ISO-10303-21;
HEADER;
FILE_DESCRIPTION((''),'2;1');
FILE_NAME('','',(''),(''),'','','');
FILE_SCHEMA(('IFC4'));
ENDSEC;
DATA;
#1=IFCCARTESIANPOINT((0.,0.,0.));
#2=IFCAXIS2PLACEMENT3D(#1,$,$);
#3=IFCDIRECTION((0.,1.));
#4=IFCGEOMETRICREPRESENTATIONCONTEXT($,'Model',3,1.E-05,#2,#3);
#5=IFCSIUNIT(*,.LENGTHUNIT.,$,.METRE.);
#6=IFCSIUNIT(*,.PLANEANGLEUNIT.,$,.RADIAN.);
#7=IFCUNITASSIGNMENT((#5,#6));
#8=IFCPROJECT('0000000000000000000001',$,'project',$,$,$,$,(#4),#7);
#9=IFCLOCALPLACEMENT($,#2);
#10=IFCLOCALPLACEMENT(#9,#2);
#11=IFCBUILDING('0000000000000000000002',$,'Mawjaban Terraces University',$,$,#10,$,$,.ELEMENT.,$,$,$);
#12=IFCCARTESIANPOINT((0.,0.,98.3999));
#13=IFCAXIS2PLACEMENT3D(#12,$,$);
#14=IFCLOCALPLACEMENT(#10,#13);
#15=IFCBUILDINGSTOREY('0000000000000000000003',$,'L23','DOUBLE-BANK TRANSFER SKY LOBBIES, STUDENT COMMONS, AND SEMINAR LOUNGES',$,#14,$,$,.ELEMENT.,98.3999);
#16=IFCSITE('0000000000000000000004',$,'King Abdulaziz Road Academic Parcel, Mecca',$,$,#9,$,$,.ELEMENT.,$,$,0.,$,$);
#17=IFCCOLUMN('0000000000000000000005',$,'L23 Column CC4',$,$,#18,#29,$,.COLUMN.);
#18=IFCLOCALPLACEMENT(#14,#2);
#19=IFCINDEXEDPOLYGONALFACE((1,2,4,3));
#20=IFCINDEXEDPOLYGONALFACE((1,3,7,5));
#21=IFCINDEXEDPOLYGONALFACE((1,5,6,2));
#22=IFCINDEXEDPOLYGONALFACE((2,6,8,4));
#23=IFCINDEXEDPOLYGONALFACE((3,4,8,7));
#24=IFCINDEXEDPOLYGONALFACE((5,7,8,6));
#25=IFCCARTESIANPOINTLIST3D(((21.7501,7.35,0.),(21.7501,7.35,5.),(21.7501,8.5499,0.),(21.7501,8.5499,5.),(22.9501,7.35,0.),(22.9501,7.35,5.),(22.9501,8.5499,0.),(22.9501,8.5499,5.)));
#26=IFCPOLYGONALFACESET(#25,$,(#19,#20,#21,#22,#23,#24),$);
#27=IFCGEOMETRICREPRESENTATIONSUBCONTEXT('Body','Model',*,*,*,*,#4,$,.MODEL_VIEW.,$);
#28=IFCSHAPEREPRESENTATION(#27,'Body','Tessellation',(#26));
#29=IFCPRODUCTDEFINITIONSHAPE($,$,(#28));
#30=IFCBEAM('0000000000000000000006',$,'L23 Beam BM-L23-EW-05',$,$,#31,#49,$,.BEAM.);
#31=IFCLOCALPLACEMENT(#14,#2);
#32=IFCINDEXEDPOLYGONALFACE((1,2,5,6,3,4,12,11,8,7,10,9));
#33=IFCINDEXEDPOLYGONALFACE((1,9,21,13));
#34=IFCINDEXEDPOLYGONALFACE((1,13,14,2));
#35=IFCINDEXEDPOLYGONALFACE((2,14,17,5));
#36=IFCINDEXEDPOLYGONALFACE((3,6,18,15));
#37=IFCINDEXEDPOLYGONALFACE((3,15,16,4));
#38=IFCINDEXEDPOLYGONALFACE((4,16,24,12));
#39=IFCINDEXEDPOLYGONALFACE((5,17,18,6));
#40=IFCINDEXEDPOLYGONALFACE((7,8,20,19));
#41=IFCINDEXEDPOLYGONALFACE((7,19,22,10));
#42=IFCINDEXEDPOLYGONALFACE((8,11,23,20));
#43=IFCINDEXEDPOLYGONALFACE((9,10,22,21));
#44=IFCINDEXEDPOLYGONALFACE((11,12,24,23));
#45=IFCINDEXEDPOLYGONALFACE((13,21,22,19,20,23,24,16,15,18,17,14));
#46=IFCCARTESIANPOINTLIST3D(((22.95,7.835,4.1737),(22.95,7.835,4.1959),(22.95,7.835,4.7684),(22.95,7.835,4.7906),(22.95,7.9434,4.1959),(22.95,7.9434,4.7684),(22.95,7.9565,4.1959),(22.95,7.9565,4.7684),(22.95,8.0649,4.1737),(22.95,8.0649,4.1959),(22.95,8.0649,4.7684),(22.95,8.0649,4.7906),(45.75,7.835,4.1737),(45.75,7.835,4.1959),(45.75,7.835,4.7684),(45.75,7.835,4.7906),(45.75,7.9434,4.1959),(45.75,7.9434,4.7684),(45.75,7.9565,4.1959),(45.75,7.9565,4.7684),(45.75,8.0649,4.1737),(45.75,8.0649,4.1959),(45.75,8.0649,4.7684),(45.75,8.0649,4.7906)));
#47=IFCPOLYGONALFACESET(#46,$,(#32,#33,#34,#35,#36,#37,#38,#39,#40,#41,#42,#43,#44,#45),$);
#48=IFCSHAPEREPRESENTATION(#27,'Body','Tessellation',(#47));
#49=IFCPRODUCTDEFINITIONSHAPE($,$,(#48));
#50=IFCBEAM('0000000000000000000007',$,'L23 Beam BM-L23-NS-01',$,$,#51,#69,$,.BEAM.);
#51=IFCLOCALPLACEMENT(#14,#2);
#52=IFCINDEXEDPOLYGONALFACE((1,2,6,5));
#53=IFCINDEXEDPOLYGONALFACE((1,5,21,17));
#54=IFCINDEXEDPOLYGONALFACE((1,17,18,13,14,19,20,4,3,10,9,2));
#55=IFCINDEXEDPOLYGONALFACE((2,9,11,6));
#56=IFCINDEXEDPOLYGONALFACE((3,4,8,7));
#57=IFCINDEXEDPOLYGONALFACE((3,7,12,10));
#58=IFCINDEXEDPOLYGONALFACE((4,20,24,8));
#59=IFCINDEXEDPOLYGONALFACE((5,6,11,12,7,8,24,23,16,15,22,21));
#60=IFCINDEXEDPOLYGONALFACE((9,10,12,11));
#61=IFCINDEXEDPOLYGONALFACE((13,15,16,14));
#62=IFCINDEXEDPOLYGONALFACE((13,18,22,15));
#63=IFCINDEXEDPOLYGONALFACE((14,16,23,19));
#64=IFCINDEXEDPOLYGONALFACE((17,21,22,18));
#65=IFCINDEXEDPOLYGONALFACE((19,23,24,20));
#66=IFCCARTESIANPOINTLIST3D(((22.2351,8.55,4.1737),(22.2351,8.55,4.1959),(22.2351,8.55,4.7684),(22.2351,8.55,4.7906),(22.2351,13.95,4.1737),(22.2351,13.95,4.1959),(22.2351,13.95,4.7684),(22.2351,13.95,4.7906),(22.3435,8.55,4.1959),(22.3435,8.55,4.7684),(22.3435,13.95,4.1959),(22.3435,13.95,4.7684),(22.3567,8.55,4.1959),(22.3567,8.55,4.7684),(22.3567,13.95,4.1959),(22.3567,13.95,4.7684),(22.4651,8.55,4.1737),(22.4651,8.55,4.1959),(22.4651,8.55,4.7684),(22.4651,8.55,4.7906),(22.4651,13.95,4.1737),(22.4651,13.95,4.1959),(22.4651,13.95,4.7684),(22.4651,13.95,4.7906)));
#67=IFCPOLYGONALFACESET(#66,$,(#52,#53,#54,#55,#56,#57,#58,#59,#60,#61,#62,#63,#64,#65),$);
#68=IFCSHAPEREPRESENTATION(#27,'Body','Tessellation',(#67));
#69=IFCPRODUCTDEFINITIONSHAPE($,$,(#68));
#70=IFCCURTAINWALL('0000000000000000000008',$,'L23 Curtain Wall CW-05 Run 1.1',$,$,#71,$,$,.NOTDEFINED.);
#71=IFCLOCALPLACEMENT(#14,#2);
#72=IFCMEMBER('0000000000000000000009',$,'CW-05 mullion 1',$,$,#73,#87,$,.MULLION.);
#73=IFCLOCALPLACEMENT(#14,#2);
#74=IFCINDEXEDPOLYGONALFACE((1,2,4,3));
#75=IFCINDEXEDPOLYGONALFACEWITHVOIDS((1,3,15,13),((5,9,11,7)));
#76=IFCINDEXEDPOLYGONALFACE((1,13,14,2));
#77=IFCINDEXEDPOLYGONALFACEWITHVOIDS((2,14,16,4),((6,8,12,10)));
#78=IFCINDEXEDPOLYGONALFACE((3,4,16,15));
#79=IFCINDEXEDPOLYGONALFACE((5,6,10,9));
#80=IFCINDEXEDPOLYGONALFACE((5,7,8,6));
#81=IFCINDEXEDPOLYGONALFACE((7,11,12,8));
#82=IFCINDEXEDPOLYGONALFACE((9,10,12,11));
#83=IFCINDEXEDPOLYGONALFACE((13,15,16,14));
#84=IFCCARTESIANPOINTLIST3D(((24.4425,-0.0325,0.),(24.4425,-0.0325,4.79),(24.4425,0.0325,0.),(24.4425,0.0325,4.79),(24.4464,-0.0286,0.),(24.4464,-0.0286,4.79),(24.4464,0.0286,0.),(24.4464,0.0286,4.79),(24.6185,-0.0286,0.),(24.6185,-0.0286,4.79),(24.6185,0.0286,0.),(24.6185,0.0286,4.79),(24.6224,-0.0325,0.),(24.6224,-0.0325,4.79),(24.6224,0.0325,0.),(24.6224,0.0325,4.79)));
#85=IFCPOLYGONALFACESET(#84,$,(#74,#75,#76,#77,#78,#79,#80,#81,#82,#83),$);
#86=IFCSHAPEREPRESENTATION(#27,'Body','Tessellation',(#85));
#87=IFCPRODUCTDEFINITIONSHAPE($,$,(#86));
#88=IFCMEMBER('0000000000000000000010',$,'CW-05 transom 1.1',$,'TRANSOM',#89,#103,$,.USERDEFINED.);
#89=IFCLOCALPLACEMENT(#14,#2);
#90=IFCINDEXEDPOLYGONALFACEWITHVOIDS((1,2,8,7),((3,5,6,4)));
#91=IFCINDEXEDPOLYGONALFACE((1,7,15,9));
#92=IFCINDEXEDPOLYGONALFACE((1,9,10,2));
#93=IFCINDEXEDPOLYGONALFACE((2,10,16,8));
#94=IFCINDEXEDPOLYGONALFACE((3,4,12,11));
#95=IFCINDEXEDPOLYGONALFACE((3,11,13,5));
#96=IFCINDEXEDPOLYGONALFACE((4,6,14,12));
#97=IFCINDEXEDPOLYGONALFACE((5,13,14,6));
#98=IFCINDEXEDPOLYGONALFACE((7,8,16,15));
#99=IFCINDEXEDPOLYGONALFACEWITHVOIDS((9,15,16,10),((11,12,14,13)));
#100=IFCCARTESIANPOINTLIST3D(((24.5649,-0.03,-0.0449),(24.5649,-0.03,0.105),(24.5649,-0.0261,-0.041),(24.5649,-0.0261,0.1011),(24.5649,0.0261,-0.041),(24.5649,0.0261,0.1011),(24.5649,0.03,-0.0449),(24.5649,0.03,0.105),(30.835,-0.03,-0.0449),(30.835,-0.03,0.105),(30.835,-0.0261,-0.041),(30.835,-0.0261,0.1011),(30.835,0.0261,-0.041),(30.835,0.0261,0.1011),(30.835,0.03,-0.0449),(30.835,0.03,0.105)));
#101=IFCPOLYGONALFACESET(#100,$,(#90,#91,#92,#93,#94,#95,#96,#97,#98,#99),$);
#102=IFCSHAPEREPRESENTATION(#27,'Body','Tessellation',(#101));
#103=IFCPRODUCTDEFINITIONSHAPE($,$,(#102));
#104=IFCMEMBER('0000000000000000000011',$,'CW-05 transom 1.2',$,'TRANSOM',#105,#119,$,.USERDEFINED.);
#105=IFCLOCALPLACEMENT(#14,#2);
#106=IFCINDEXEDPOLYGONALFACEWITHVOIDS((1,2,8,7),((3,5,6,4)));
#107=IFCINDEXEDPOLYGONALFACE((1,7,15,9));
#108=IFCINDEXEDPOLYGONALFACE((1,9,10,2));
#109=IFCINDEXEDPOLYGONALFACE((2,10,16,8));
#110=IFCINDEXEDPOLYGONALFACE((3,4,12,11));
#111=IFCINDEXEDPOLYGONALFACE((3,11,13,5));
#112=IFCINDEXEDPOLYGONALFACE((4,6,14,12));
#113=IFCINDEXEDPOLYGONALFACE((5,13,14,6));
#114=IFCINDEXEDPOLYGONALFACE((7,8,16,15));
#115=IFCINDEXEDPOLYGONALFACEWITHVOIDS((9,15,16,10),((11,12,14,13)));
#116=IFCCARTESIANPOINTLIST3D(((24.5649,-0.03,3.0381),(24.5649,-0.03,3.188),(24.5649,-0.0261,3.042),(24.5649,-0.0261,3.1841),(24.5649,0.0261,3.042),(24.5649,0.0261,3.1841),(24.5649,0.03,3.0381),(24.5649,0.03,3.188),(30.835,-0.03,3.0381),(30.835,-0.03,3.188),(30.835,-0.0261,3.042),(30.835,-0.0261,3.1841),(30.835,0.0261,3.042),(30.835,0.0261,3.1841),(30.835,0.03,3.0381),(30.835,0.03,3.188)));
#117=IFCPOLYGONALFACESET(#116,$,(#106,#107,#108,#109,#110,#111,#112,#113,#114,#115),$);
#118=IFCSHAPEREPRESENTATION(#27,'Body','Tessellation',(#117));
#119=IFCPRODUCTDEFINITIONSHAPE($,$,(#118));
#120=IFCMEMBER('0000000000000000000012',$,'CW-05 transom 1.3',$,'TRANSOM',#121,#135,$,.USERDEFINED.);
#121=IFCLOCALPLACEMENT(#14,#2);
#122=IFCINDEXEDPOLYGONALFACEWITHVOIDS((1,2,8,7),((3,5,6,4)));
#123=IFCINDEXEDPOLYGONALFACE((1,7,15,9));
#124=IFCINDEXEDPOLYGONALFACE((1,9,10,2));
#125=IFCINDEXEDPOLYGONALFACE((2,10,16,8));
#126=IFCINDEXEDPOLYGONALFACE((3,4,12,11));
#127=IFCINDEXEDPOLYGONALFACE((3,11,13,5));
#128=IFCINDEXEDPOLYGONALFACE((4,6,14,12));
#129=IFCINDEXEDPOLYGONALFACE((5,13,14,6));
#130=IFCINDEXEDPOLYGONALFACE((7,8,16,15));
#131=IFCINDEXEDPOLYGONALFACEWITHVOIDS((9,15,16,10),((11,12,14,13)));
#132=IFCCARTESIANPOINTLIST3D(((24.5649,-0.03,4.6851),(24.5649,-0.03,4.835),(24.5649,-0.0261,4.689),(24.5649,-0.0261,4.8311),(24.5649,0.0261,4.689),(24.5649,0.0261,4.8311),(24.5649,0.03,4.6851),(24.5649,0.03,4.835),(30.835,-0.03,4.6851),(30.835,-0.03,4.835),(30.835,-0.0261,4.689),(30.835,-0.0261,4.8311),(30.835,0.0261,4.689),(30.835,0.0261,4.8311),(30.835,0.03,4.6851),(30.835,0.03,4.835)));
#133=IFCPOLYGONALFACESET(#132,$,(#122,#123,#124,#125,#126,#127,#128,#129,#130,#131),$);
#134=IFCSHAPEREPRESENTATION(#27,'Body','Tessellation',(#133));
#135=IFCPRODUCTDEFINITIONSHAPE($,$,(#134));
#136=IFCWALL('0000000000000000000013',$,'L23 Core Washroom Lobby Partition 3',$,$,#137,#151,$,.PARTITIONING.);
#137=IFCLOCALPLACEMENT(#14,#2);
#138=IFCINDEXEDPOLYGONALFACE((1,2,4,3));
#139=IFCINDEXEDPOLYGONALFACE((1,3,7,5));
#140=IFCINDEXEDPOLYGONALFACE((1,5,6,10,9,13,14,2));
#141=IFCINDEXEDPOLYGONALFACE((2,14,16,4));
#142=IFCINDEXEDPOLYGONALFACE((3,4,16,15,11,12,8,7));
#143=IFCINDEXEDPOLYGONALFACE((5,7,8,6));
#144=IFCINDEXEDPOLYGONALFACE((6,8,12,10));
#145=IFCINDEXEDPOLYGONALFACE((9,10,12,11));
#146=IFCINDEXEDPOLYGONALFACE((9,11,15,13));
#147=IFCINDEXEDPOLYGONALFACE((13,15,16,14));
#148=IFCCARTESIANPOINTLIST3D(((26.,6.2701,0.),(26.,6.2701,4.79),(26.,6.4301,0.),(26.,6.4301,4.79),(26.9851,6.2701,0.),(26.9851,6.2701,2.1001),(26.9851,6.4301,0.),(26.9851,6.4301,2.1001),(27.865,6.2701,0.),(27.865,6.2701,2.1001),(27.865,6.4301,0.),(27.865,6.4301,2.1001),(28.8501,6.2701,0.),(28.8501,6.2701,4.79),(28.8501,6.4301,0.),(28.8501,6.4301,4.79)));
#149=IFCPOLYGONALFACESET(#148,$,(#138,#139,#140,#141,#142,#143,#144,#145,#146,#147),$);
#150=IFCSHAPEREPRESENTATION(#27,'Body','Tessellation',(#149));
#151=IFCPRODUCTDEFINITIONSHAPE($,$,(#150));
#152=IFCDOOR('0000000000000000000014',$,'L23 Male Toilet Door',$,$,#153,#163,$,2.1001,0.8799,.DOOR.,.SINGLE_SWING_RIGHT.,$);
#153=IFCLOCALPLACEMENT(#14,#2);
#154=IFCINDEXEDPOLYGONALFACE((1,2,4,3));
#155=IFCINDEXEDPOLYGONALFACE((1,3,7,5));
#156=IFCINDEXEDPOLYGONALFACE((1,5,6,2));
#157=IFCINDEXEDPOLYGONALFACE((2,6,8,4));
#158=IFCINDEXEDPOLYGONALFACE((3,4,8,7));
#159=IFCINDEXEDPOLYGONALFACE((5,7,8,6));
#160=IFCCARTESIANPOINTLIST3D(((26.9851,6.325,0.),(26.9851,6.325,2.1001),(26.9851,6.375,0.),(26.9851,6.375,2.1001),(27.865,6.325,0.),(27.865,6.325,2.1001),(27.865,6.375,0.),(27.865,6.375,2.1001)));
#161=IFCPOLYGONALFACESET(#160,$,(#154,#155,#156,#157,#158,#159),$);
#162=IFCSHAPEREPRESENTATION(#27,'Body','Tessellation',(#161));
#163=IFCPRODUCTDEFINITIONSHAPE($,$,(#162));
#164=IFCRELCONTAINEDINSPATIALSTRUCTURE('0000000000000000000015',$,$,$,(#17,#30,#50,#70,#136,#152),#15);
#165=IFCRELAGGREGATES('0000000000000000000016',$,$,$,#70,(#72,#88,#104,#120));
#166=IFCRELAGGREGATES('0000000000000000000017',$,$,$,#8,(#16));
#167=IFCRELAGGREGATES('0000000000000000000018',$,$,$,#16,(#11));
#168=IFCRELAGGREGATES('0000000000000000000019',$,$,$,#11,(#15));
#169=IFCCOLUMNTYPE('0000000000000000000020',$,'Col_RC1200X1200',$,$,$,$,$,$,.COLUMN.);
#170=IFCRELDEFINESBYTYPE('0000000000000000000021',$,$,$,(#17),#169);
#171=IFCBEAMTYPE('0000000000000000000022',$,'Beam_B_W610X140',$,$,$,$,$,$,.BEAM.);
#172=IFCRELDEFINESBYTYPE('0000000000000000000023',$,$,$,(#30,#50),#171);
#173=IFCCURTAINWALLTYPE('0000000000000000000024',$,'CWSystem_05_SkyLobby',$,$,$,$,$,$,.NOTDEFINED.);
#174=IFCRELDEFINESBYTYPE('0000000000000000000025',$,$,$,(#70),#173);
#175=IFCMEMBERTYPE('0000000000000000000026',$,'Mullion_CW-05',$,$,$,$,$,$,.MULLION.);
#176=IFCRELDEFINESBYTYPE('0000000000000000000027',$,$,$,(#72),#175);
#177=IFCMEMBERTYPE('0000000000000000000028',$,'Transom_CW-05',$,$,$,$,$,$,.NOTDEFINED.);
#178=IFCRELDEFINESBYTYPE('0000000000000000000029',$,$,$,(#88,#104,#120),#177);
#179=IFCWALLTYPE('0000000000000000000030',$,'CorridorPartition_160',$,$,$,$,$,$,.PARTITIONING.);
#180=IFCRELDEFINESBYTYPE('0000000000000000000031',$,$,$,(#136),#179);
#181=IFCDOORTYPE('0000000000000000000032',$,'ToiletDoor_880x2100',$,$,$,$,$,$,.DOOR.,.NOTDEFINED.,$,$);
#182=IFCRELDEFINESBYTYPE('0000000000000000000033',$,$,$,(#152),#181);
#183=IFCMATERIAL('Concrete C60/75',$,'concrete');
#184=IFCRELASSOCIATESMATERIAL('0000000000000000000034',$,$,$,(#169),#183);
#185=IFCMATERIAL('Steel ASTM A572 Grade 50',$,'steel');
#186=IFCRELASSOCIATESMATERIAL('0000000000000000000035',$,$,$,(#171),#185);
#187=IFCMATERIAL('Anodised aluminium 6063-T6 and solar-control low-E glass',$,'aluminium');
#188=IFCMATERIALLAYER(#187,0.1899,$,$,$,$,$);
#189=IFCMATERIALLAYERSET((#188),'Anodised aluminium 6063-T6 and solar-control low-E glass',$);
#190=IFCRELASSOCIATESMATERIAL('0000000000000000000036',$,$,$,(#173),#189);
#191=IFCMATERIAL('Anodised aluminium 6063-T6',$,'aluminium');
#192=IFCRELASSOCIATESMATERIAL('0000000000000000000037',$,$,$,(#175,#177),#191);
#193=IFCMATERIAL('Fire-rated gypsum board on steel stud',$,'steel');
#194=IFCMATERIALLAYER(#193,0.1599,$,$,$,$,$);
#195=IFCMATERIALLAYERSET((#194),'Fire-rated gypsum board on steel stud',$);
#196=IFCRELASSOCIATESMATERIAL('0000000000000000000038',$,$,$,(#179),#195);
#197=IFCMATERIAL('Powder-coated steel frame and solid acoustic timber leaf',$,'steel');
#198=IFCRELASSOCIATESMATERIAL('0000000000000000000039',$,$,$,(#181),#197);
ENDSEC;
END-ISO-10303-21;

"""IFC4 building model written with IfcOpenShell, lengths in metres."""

from ifc_helpers import new_model, si_unit, direction, frame, frame_2d, origin, origin_2d, place, context, subcontext, project, spatial, rectangle, hollow_rectangle, i_section, extrude, material, layer, layer_set, material_profile, profile_set, type_object, element, fill, aggregate, save


model = new_model("IFC4")

# Units and contexts
model_context = context("Model", 3, precision=1e-05, world=origin(), true_north=direction((0.0, 1.0)))
body_context = subcontext(model_context, "Body", "Model", "MODEL_VIEW")
ifc_project = project(units=[si_unit("LENGTHUNIT", "METRE"), si_unit("PLANEANGLEUNIT", "RADIAN")], contexts=[model_context])

# Site, building, storey
site_placement = place(None, origin())
site = spatial("IfcSite", under=ifc_project, at=site_placement, Name="King Abdulaziz Road Academic Parcel, Mecca", CompositionType="ELEMENT", RefElevation=0.0)
building_placement = place(site_placement, origin())
building = spatial("IfcBuilding", under=site, at=building_placement, Name="Mawjaban Terraces University", CompositionType="ELEMENT")
storey_placement = place(building_placement, frame((0.0, 0.0, 98.3999)))
storey = spatial("IfcBuildingStorey", under=building, at=storey_placement, Name="L23", Description="DOUBLE-BANK TRANSFER SKY LOBBIES, STUDENT COMMONS, AND SEMINAR LOUNGES", CompositionType="ELEMENT", Elevation=98.3999)

# Column
ifc_material_1 = material(Name="Concrete C60/75", Category="concrete")
ifc_material_profile_1 = material_profile(ifc_material_1, rectangle(XDim=1.2, YDim=1.2, at=origin_2d()), Name="RC1200X1200")
ifc_profile_set_1 = profile_set([ifc_material_profile_1], Name="Concrete C60/75")
column_type = type_object("IfcColumnType", Name="Col_RC1200X1200", PredefinedType="COLUMN", material=ifc_profile_set_1)
column_placement = place(storey_placement, frame((22.3501, 7.95, 0.0), z_axis=(0.0, 0.0, 1.0), x_axis=(1.0, 0.0, 0.0)))
element("IfcColumn", 1, at=column_placement, inside=storey, type_object=column_type, Name="L23 Column CC4", PredefinedType="COLUMN", context=body_context, shape_type="SweptSolid", body=[
    extrude(rectangle(XDim=1.2, YDim=1.2, at=origin_2d()), origin(), (0.0, 0.0, 1.0), 5.0),
])

# Beams
ifc_material_2 = material(Name="Steel ASTM A572 Grade 50", Category="steel")
ifc_material_profile_2 = material_profile(ifc_material_2, i_section(OverallWidth=0.23, OverallDepth=0.6169, WebThickness=0.0132, FlangeThickness=0.0222, at=origin_2d()), Name="W610X140")
ifc_profile_set_2 = profile_set([ifc_material_profile_2], Name="Steel ASTM A572 Grade 50")
beam_type = type_object("IfcBeamType", Name="Beam_B_W610X140", PredefinedType="BEAM", material=ifc_profile_set_2)
beam_1_placement = place(storey_placement, frame((22.95, 7.95, 4.4822), z_axis=(1.0, 0.0, 0.0), x_axis=(0.0, 1.0, 0.0)))
element("IfcBeam", 2, at=beam_1_placement, inside=storey, type_object=beam_type, Name="L23 Beam BM-L23-EW-05", PredefinedType="BEAM", context=body_context, shape_type="SweptSolid", body=[
    extrude(i_section(OverallWidth=0.23, OverallDepth=0.6169, WebThickness=0.0132, FlangeThickness=0.0222, at=origin_2d()), origin(), (0.0, 0.0, 1.0), 22.8),
])
beam_2_placement = place(storey_placement, frame((22.3501, 8.55, 4.4822), z_axis=(0.0, 1.0, 0.0), x_axis=(-1.0, 0.0, 0.0)))
element("IfcBeam", 3, at=beam_2_placement, inside=storey, type_object=beam_type, Name="L23 Beam BM-L23-NS-01", PredefinedType="BEAM", context=body_context, shape_type="SweptSolid", body=[
    extrude(i_section(OverallWidth=0.23, OverallDepth=0.6169, WebThickness=0.0132, FlangeThickness=0.0222, at=origin_2d()), origin(), (0.0, 0.0, 1.0), 5.3999),
])

# Curtain wall, members
ifc_material_3 = material(Name="Anodised aluminium 6063-T6 and solar-control low-E glass", Category="aluminium")
ifc_layer_1 = layer(ifc_material_3, 0.1899)
ifc_layer_set_1 = layer_set([ifc_layer_1], Name="Anodised aluminium 6063-T6 and solar-control low-E glass")
curtain_wall_type = type_object("IfcCurtainWallType", Name="CWSystem_05_SkyLobby", PredefinedType="NOTDEFINED", material=ifc_layer_set_1)
curtain_wall_placement = place(storey_placement, origin())
curtain_wall = element("IfcCurtainWall", 4, at=curtain_wall_placement, inside=storey, type_object=curtain_wall_type, Name="L23 Curtain Wall CW-05 Run 1.1", PredefinedType="NOTDEFINED")
ifc_material_4 = material(Name="Anodised aluminium 6063-T6", Category="aluminium")
ifc_material_profile_3 = material_profile(ifc_material_4, hollow_rectangle(XDim=0.0649, YDim=0.1799, WallThickness=0.0039, at=origin_2d()), Name="ALU180X65X4")
ifc_profile_set_3 = profile_set([ifc_material_profile_3], Name="Anodised aluminium 6063-T6")
member_type_1 = type_object("IfcMemberType", Name="Mullion_CW-05", PredefinedType="MULLION", material=ifc_profile_set_3)
member_1_placement = place(storey_placement, frame((24.5325, 0.0, 0.0), z_axis=(0.0, 0.0, 1.0), x_axis=(0.0, 1.0, 0.0)))
member_1 = element("IfcMember", 5, at=member_1_placement, type_object=member_type_1, Name="CW-05 mullion 1", PredefinedType="MULLION", context=body_context, shape_type="SweptSolid", body=[
    extrude(hollow_rectangle(XDim=0.0649, YDim=0.1799, WallThickness=0.0039, at=origin_2d()), origin(), (0.0, 0.0, 1.0), 4.79),
])
ifc_material_profile_4 = material_profile(ifc_material_4, hollow_rectangle(XDim=0.0601, YDim=0.1499, WallThickness=0.0039, at=origin_2d()), Name="ALU150X60X4")
ifc_profile_set_4 = profile_set([ifc_material_profile_4], Name="Anodised aluminium 6063-T6")
member_type_2 = type_object("IfcMemberType", Name="Transom_CW-05", PredefinedType="NOTDEFINED", material=ifc_profile_set_4)
member_2_placement = place(storey_placement, frame((24.5649, 0.0, 0.03), z_axis=(1.0, 0.0, 0.0), x_axis=(0.0, 1.0, 0.0)))
member_2 = element("IfcMember", 6, at=member_2_placement, type_object=member_type_2, Name="CW-05 transom 1.1", ObjectType="TRANSOM", PredefinedType="USERDEFINED", context=body_context, shape_type="SweptSolid", body=[
    extrude(hollow_rectangle(XDim=0.0601, YDim=0.1499, WallThickness=0.0039, at=origin_2d()), origin(), (0.0, 0.0, 1.0), 6.27),
])
member_3_placement = place(storey_placement, frame((24.5649, 0.0, 3.113), z_axis=(1.0, 0.0, 0.0), x_axis=(0.0, 1.0, 0.0)))
member_3 = element("IfcMember", 7, at=member_3_placement, type_object=member_type_2, Name="CW-05 transom 1.2", ObjectType="TRANSOM", PredefinedType="USERDEFINED", context=body_context, shape_type="SweptSolid", body=[
    extrude(hollow_rectangle(XDim=0.0601, YDim=0.1499, WallThickness=0.0039, at=origin_2d()), origin(), (0.0, 0.0, 1.0), 6.27),
])
member_4_placement = place(storey_placement, frame((24.5649, 0.0, 4.76), z_axis=(1.0, 0.0, 0.0), x_axis=(0.0, 1.0, 0.0)))
member_4 = element("IfcMember", 8, at=member_4_placement, type_object=member_type_2, Name="CW-05 transom 1.3", ObjectType="TRANSOM", PredefinedType="USERDEFINED", context=body_context, shape_type="SweptSolid", body=[
    extrude(hollow_rectangle(XDim=0.0601, YDim=0.1499, WallThickness=0.0039, at=origin_2d()), origin(), (0.0, 0.0, 1.0), 6.27),
])
aggregate(curtain_wall, [member_1, member_2, member_3, member_4])

# Wall, opening, door
ifc_material_5 = material(Name="Fire-rated gypsum board on steel stud", Category="steel")
ifc_layer_2 = layer(ifc_material_5, 0.1599)
ifc_layer_set_2 = layer_set([ifc_layer_2], Name="Fire-rated gypsum board on steel stud")
wall_type_1 = type_object("IfcWallType", Name="CorridorPartition_160", PredefinedType="PARTITIONING", material=ifc_layer_set_2)
wall_1_placement = place(storey_placement, frame((26.0, 6.3501, 0.0), z_axis=(0.0, 0.0, 1.0), x_axis=(1.0, 0.0, 0.0)))
wall_1 = element("IfcWall", 9, at=wall_1_placement, inside=storey, type_object=wall_type_1, Name="L23 Core Washroom Lobby Partition 3", PredefinedType="PARTITIONING", context=body_context, shape_type="SweptSolid", body=[
    extrude(rectangle(XDim=2.8501, YDim=0.1599, at=frame_2d((1.425, 0.0))), origin(), (0.0, 0.0, 1.0), 4.79),
])
opening_1_placement = place(wall_1_placement, frame((0.9851, 0.0, 0.0)))
opening_1 = element("IfcOpeningElement", 10, at=opening_1_placement, cuts=wall_1, PredefinedType="OPENING", context=body_context, shape_type="SweptSolid", body=[
    extrude(rectangle(XDim=0.8799, YDim=2.1001, at=frame_2d((0.4399, 1.05))), frame((0.0, 0.0898, 0.0), z_axis=(0.0, -1.0, 0.0), x_axis=(1.0, 0.0, 0.0)), (0.0, 0.0, 1.0), 0.1799),
])
ifc_material_6 = material(Name="Powder-coated steel frame and solid acoustic timber leaf", Category="steel")
door_type = type_object("IfcDoorType", Name="ToiletDoor_880x2100", OperationType="NOTDEFINED", PredefinedType="DOOR", material=ifc_material_6)
door_1_placement = place(opening_1_placement, origin())
door_1 = element("IfcDoor", 11, at=door_1_placement, inside=storey, type_object=door_type, Name="L23 Male Toilet Door", OperationType="SINGLE_SWING_RIGHT", OverallHeight=2.1001, OverallWidth=0.8799, PredefinedType="DOOR", context=body_context, shape_type="SweptSolid", body=[
    extrude(rectangle(XDim=0.8799, YDim=2.1001, at=frame_2d((0.4399, 1.05))), frame((0.0, 0.0249, 0.0), z_axis=(0.0, -1.0, 0.0), x_axis=(1.0, 0.0, 0.0)), (0.0, 0.0, 1.0), 0.05),
])
fill(opening_1, door_1)

save(model, "model.ifc")
